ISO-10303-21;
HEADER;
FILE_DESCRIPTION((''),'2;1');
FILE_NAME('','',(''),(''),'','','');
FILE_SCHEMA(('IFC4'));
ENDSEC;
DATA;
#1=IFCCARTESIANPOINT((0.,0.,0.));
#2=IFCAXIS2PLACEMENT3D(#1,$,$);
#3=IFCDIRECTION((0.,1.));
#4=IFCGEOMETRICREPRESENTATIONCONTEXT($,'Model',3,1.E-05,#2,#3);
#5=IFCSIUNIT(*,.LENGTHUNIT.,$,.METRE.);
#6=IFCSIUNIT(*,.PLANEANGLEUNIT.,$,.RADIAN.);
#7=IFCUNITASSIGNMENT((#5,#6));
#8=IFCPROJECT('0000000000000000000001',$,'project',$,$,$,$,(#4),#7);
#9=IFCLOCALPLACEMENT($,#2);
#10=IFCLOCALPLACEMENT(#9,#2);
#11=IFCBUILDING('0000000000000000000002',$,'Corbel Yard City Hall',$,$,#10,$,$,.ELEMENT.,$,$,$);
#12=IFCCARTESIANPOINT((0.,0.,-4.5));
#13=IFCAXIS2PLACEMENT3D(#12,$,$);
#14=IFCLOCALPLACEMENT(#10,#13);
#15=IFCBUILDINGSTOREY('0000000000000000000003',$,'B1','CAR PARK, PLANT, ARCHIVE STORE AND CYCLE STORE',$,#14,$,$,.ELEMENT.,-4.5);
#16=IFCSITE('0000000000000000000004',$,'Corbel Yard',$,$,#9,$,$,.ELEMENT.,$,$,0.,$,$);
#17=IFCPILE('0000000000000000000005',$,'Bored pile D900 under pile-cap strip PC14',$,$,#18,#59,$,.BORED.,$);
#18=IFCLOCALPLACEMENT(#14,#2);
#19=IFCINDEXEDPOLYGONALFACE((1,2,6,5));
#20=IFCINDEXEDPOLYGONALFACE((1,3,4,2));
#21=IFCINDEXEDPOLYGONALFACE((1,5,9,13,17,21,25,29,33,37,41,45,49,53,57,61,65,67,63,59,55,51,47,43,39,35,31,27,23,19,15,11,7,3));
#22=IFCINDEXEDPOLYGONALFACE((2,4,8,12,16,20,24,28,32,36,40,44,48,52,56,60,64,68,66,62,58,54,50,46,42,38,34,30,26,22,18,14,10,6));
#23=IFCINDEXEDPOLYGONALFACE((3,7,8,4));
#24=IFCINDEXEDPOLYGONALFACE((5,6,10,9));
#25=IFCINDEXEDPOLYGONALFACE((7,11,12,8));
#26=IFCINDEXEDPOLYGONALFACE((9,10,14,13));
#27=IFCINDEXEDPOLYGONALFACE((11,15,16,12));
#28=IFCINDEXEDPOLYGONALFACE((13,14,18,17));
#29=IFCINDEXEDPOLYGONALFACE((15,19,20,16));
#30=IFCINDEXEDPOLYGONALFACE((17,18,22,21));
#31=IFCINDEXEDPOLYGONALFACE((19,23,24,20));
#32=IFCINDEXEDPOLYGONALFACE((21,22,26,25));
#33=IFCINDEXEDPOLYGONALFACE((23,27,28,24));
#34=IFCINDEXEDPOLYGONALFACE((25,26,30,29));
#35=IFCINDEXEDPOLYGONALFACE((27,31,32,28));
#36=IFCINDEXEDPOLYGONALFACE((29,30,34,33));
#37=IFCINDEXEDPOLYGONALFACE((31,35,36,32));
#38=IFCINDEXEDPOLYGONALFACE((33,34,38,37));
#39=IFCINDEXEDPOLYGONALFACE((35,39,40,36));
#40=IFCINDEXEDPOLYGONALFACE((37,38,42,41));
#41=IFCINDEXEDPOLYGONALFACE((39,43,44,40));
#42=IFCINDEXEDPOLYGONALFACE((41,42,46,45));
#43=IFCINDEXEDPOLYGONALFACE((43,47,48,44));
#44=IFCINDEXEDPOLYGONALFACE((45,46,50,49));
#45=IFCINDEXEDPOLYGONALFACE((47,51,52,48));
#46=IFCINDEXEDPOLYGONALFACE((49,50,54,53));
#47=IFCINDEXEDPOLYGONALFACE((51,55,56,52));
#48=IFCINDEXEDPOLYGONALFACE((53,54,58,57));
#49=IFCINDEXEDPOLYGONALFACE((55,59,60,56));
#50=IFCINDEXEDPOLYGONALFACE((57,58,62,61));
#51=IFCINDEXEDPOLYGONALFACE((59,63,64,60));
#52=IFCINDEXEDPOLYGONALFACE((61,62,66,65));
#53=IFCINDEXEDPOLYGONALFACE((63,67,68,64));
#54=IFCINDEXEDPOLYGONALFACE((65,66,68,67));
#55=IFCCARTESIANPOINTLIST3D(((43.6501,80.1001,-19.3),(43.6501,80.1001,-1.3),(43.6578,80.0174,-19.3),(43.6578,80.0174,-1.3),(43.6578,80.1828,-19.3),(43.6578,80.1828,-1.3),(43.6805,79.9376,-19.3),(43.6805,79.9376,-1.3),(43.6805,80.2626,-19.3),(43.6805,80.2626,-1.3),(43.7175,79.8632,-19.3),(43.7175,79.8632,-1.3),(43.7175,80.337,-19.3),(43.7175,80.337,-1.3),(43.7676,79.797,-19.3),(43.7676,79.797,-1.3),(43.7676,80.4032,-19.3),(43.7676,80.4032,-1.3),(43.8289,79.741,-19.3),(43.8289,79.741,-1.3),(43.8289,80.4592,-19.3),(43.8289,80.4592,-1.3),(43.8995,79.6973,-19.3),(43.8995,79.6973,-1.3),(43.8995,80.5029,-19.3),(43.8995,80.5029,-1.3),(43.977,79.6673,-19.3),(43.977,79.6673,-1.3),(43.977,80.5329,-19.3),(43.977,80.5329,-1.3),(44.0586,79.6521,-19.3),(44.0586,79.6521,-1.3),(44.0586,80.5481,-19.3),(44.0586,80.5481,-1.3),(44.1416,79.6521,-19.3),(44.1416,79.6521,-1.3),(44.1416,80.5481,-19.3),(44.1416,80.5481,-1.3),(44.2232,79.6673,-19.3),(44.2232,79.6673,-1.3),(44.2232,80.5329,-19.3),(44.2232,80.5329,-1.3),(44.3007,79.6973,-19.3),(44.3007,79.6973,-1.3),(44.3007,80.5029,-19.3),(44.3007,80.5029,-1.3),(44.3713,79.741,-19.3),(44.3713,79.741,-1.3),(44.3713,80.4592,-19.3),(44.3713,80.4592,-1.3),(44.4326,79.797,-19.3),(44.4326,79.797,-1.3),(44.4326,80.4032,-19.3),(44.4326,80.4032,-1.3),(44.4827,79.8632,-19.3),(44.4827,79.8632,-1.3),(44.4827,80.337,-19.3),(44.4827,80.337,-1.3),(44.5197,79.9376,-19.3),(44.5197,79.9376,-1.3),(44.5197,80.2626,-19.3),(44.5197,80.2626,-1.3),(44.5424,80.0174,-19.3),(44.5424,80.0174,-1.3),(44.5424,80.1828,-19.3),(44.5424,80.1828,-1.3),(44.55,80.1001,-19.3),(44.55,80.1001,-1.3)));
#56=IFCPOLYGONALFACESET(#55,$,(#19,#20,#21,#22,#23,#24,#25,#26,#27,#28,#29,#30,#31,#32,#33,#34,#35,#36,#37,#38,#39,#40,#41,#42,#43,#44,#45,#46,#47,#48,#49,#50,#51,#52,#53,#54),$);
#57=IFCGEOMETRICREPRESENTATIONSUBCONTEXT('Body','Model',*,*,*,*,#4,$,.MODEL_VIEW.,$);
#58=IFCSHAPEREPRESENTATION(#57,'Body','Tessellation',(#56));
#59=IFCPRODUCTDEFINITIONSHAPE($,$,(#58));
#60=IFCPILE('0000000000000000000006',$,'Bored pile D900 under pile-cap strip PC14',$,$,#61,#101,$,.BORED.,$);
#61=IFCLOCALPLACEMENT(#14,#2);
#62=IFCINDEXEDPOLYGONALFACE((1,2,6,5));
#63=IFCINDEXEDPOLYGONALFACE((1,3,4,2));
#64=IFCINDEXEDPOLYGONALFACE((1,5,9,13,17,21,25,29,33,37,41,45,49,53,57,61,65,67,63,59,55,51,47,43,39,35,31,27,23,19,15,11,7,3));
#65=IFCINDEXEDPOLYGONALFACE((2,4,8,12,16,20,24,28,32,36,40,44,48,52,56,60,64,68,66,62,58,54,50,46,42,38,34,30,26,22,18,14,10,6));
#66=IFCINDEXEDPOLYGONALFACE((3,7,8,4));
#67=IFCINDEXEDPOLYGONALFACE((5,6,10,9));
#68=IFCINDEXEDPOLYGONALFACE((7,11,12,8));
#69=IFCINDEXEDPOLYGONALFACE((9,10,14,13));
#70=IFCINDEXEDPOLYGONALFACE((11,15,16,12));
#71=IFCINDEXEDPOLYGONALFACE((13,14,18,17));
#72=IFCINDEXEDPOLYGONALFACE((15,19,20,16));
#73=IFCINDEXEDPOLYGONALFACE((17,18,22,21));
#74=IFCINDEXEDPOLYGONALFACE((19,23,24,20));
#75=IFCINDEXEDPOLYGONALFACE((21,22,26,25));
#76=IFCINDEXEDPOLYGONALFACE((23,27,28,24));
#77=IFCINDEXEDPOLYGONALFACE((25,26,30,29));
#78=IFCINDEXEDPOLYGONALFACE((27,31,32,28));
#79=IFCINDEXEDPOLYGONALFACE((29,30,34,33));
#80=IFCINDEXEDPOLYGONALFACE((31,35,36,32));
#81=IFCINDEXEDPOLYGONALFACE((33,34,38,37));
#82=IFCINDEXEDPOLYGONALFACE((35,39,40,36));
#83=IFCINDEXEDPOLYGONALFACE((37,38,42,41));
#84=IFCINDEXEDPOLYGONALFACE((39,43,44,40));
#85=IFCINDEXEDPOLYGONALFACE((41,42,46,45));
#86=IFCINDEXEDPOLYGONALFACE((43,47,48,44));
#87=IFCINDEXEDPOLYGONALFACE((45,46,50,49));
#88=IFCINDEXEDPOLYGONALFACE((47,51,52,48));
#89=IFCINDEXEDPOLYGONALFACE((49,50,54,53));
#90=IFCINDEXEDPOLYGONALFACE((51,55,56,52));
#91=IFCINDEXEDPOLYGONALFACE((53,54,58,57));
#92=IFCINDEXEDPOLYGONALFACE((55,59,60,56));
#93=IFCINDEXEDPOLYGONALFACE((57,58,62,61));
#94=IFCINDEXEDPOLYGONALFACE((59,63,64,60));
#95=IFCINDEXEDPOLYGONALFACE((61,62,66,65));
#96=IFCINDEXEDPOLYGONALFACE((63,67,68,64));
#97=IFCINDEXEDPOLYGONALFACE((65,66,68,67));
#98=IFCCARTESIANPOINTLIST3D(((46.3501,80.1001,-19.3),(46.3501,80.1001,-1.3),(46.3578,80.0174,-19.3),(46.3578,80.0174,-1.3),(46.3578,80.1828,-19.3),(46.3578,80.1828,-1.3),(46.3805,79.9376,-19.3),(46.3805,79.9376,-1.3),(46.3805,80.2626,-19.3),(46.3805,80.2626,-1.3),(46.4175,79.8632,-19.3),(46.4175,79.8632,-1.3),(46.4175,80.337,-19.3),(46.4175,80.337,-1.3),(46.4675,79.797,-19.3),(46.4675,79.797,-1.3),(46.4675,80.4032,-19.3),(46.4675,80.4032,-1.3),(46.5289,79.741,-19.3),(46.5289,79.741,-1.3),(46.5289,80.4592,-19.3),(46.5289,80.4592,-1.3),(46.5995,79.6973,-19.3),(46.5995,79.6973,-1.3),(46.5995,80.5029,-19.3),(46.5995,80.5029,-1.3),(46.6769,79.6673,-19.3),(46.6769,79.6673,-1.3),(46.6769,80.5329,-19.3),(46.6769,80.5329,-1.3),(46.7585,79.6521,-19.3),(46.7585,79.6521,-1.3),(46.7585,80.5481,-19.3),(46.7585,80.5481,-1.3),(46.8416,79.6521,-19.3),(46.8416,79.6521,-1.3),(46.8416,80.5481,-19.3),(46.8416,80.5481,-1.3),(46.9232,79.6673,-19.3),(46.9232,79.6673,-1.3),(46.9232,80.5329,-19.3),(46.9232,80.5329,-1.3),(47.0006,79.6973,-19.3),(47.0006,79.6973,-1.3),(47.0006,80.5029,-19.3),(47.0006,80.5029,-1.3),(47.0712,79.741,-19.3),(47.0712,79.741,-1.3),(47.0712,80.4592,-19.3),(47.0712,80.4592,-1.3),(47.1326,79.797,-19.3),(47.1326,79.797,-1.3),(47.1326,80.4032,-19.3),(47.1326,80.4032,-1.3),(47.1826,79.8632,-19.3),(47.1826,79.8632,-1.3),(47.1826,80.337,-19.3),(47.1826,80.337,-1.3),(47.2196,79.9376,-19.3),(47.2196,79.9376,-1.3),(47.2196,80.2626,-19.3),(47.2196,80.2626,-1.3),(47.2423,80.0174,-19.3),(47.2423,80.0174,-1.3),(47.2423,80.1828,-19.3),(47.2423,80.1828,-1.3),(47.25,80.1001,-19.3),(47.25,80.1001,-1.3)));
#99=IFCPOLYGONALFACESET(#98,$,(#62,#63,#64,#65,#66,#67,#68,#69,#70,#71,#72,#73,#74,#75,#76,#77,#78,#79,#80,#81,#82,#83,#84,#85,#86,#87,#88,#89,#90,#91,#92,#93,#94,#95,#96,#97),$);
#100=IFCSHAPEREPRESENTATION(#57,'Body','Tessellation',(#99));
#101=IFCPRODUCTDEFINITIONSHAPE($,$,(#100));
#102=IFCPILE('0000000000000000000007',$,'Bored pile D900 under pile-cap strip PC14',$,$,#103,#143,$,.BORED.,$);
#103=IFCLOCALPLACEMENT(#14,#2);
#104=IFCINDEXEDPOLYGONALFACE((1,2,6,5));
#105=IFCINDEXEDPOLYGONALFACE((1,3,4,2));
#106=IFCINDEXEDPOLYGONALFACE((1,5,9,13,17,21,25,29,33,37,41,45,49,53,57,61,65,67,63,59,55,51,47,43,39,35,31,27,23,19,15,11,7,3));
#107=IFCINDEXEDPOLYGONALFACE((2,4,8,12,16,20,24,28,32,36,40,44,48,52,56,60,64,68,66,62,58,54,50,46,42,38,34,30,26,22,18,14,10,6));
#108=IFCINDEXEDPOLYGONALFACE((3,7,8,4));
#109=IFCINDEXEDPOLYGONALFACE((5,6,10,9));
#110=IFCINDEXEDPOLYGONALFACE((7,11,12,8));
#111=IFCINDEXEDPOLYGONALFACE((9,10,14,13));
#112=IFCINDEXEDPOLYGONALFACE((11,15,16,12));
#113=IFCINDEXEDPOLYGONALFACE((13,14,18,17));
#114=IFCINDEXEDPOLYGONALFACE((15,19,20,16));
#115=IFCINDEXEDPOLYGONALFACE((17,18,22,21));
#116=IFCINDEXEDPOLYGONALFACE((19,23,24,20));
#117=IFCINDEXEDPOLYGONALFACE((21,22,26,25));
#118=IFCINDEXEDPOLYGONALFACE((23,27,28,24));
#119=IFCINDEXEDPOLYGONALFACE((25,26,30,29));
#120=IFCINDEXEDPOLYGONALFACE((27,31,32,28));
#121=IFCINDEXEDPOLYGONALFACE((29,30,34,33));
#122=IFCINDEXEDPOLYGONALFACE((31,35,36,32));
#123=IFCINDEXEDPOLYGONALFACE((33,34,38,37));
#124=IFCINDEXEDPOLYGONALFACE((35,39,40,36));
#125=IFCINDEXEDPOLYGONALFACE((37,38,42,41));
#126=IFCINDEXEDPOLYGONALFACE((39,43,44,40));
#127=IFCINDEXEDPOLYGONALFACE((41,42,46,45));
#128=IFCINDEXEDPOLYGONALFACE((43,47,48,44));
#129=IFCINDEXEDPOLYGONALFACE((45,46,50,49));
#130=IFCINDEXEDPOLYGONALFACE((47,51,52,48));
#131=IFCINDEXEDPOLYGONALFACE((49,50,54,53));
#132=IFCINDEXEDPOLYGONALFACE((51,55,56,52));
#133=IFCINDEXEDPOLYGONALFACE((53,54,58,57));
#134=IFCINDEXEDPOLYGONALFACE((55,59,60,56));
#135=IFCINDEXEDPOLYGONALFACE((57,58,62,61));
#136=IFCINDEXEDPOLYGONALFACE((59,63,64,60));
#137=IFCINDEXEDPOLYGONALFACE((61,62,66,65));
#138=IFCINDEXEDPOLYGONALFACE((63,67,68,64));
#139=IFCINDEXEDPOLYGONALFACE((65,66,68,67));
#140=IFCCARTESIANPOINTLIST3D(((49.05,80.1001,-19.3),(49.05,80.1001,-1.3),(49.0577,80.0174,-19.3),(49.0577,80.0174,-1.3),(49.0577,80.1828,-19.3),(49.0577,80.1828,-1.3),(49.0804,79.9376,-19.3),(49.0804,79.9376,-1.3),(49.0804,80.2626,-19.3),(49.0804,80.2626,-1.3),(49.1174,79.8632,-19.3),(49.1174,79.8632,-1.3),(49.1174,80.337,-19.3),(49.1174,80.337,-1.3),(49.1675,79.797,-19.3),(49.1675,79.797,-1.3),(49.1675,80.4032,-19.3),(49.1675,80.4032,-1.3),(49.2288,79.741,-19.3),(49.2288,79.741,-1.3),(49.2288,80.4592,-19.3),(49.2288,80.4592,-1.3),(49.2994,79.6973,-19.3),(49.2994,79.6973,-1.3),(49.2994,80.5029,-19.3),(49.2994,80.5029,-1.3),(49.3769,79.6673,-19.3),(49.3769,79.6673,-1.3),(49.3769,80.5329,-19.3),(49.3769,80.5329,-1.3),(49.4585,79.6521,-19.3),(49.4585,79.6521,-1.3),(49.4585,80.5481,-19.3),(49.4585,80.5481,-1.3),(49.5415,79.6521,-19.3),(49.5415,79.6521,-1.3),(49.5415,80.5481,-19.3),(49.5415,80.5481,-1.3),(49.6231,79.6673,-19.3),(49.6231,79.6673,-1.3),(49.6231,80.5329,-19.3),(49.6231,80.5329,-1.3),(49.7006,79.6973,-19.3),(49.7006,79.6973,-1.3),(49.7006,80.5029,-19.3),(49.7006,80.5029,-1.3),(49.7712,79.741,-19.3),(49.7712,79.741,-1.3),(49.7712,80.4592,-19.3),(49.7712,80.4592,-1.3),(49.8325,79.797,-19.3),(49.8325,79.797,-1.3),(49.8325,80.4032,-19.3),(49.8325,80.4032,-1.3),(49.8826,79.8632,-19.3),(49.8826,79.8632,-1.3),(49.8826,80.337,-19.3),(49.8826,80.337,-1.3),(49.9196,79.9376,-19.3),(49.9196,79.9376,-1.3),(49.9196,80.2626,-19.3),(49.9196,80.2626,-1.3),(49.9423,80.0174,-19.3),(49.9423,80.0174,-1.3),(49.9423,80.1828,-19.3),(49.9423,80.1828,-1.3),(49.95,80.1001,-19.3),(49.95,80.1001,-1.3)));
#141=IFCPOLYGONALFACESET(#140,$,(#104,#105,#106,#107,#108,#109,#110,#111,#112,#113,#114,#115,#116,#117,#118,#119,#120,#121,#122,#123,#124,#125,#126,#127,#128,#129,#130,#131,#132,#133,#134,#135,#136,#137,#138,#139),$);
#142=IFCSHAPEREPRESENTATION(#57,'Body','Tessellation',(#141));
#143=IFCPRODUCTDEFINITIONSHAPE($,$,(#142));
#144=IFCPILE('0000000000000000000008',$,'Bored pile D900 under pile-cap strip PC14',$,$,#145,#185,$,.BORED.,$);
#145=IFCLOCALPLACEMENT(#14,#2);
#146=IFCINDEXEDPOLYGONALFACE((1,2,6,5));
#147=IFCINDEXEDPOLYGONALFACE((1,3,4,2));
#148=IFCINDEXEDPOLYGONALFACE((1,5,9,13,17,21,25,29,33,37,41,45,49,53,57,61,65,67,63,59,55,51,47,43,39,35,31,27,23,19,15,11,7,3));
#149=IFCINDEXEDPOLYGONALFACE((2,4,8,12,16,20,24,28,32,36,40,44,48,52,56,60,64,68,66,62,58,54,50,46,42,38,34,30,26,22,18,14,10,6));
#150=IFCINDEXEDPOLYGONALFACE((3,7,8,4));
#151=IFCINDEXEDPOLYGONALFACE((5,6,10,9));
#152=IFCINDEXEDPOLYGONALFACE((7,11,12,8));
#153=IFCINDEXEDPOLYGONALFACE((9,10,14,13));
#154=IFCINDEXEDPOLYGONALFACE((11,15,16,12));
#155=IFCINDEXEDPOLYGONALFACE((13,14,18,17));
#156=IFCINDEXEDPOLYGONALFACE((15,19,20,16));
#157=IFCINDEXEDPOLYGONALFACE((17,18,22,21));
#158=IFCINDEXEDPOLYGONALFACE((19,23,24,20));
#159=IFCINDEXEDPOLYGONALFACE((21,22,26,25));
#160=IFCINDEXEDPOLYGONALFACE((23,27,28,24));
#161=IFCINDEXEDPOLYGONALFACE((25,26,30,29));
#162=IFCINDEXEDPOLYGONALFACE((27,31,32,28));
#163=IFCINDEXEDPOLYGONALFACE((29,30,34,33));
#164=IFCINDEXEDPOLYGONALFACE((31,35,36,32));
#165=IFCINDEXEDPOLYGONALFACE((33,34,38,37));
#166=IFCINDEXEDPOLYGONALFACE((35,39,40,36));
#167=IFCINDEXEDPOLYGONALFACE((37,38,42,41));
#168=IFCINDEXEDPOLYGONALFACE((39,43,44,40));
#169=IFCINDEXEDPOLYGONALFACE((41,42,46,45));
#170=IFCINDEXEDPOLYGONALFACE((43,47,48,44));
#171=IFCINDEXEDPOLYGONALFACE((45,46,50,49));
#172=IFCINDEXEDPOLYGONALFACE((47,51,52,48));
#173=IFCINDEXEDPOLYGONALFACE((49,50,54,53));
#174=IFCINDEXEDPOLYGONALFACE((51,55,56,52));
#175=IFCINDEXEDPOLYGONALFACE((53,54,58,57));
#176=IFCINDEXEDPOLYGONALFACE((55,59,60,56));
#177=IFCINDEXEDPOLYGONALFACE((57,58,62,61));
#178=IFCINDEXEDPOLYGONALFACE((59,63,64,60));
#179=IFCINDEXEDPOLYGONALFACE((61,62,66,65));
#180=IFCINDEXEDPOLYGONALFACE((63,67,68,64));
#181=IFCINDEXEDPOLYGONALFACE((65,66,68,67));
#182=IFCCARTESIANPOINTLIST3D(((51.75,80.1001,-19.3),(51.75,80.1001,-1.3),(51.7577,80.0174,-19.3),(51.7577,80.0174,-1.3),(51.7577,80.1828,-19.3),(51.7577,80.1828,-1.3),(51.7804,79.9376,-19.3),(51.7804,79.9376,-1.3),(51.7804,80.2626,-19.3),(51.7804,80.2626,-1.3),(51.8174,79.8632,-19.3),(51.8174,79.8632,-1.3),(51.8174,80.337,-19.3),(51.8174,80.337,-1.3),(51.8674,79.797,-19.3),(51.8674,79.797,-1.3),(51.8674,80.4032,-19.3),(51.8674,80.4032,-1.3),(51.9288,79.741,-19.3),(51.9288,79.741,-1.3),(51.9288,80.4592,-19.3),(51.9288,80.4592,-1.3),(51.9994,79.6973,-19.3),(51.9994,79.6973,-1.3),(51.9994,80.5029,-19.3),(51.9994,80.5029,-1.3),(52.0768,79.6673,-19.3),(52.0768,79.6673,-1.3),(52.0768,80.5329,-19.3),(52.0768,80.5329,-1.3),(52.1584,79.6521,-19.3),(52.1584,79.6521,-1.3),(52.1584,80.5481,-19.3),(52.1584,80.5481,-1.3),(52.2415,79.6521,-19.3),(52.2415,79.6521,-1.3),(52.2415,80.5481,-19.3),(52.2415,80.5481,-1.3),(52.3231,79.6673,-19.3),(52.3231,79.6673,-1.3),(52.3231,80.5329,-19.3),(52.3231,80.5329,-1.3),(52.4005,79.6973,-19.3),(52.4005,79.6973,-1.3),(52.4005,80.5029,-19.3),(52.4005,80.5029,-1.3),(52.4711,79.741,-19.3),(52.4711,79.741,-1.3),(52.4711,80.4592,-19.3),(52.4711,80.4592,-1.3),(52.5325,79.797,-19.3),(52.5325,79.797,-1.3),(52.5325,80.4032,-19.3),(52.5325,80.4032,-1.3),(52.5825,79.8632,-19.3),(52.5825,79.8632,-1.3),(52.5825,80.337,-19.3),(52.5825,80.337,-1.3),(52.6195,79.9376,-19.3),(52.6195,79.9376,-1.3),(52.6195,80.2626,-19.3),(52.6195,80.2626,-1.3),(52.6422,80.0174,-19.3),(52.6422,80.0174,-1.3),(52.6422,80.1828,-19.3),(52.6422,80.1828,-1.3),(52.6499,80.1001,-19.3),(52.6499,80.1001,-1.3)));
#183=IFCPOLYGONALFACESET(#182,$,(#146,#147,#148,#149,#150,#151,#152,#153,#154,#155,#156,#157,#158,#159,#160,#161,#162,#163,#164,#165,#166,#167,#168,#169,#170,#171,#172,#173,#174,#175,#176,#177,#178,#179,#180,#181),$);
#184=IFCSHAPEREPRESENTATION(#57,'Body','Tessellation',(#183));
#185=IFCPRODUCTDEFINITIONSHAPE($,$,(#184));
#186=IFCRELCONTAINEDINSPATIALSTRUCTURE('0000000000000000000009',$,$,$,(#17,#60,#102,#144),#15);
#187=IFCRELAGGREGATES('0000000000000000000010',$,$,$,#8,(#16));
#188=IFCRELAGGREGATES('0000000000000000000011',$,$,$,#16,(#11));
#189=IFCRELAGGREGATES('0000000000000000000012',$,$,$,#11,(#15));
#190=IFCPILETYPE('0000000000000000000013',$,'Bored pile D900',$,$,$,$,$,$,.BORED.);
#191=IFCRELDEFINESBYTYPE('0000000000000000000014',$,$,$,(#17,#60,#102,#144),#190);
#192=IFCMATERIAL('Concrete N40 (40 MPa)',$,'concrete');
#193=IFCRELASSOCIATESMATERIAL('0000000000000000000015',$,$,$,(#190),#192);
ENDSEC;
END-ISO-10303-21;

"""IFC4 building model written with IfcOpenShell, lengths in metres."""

from ifc_helpers import new_model, si_unit, direction, frame, origin, origin_2d, place, context, subcontext, project, spatial, circle, extrude, material, material_profile, profile_set, type_object, element, save


model = new_model("IFC4")

# Units and contexts
model_context = context("Model", 3, precision=1e-05, world=origin(), true_north=direction((0.0, 1.0)))
body_context = subcontext(model_context, "Body", "Model", "MODEL_VIEW")
ifc_project = project(units=[si_unit("LENGTHUNIT", "METRE"), si_unit("PLANEANGLEUNIT", "RADIAN")], contexts=[model_context])

# Site, building, storey
site_placement = place(None, origin())
site = spatial("IfcSite", under=ifc_project, at=site_placement, Name="Corbel Yard", CompositionType="ELEMENT", RefElevation=0.0)
building_placement = place(site_placement, origin())
building = spatial("IfcBuilding", under=site, at=building_placement, Name="Corbel Yard City Hall", CompositionType="ELEMENT")
storey_placement = place(building_placement, frame((0.0, 0.0, -4.5)))
storey = spatial("IfcBuildingStorey", under=building, at=storey_placement, Name="B1", Description="CAR PARK, PLANT, ARCHIVE STORE AND CYCLE STORE", CompositionType="ELEMENT", Elevation=-4.5)

# Piles
ifc_material = material(Name="Concrete N40 (40 MPa)", Category="concrete")
ifc_material_profile = material_profile(ifc_material, circle(Radius=0.45, at=origin_2d()), Name="D900")
ifc_profile_set = profile_set([ifc_material_profile], Name="Concrete N40 (40 MPa)")
pile_type = type_object("IfcPileType", Name="Bored pile D900", PredefinedType="BORED", material=ifc_profile_set)
for number, where, z_axis, x_axis, name in (
    (1, (44.1001, 80.1001, -1.3), (0.0, 0.0, -1.0), (1.0, 0.0, 0.0), "Bored pile D900 under pile-cap strip PC14"),
    (2, (46.8, 80.1001, -1.3), (0.0, 0.0, -1.0), (1.0, 0.0, 0.0), "Bored pile D900 under pile-cap strip PC14"),
    (3, (49.5, 80.1001, -1.3), (0.0, 0.0, -1.0), (1.0, 0.0, 0.0), "Bored pile D900 under pile-cap strip PC14"),
    (4, (52.2, 80.1001, -1.3), (0.0, 0.0, -1.0), (1.0, 0.0, 0.0), "Bored pile D900 under pile-cap strip PC14"),
):
    element("IfcPile", number, at=place(storey_placement, frame(where, z_axis=z_axis, x_axis=x_axis)), inside=storey, type_object=pile_type, Name=name, PredefinedType="BORED", context=body_context, shape_type="SweptSolid", body=[
        extrude(circle(Radius=0.45, at=origin_2d()), origin(), (0.0, 0.0, 1.0), 18.0),
    ])

save(model, "model.ifc")
